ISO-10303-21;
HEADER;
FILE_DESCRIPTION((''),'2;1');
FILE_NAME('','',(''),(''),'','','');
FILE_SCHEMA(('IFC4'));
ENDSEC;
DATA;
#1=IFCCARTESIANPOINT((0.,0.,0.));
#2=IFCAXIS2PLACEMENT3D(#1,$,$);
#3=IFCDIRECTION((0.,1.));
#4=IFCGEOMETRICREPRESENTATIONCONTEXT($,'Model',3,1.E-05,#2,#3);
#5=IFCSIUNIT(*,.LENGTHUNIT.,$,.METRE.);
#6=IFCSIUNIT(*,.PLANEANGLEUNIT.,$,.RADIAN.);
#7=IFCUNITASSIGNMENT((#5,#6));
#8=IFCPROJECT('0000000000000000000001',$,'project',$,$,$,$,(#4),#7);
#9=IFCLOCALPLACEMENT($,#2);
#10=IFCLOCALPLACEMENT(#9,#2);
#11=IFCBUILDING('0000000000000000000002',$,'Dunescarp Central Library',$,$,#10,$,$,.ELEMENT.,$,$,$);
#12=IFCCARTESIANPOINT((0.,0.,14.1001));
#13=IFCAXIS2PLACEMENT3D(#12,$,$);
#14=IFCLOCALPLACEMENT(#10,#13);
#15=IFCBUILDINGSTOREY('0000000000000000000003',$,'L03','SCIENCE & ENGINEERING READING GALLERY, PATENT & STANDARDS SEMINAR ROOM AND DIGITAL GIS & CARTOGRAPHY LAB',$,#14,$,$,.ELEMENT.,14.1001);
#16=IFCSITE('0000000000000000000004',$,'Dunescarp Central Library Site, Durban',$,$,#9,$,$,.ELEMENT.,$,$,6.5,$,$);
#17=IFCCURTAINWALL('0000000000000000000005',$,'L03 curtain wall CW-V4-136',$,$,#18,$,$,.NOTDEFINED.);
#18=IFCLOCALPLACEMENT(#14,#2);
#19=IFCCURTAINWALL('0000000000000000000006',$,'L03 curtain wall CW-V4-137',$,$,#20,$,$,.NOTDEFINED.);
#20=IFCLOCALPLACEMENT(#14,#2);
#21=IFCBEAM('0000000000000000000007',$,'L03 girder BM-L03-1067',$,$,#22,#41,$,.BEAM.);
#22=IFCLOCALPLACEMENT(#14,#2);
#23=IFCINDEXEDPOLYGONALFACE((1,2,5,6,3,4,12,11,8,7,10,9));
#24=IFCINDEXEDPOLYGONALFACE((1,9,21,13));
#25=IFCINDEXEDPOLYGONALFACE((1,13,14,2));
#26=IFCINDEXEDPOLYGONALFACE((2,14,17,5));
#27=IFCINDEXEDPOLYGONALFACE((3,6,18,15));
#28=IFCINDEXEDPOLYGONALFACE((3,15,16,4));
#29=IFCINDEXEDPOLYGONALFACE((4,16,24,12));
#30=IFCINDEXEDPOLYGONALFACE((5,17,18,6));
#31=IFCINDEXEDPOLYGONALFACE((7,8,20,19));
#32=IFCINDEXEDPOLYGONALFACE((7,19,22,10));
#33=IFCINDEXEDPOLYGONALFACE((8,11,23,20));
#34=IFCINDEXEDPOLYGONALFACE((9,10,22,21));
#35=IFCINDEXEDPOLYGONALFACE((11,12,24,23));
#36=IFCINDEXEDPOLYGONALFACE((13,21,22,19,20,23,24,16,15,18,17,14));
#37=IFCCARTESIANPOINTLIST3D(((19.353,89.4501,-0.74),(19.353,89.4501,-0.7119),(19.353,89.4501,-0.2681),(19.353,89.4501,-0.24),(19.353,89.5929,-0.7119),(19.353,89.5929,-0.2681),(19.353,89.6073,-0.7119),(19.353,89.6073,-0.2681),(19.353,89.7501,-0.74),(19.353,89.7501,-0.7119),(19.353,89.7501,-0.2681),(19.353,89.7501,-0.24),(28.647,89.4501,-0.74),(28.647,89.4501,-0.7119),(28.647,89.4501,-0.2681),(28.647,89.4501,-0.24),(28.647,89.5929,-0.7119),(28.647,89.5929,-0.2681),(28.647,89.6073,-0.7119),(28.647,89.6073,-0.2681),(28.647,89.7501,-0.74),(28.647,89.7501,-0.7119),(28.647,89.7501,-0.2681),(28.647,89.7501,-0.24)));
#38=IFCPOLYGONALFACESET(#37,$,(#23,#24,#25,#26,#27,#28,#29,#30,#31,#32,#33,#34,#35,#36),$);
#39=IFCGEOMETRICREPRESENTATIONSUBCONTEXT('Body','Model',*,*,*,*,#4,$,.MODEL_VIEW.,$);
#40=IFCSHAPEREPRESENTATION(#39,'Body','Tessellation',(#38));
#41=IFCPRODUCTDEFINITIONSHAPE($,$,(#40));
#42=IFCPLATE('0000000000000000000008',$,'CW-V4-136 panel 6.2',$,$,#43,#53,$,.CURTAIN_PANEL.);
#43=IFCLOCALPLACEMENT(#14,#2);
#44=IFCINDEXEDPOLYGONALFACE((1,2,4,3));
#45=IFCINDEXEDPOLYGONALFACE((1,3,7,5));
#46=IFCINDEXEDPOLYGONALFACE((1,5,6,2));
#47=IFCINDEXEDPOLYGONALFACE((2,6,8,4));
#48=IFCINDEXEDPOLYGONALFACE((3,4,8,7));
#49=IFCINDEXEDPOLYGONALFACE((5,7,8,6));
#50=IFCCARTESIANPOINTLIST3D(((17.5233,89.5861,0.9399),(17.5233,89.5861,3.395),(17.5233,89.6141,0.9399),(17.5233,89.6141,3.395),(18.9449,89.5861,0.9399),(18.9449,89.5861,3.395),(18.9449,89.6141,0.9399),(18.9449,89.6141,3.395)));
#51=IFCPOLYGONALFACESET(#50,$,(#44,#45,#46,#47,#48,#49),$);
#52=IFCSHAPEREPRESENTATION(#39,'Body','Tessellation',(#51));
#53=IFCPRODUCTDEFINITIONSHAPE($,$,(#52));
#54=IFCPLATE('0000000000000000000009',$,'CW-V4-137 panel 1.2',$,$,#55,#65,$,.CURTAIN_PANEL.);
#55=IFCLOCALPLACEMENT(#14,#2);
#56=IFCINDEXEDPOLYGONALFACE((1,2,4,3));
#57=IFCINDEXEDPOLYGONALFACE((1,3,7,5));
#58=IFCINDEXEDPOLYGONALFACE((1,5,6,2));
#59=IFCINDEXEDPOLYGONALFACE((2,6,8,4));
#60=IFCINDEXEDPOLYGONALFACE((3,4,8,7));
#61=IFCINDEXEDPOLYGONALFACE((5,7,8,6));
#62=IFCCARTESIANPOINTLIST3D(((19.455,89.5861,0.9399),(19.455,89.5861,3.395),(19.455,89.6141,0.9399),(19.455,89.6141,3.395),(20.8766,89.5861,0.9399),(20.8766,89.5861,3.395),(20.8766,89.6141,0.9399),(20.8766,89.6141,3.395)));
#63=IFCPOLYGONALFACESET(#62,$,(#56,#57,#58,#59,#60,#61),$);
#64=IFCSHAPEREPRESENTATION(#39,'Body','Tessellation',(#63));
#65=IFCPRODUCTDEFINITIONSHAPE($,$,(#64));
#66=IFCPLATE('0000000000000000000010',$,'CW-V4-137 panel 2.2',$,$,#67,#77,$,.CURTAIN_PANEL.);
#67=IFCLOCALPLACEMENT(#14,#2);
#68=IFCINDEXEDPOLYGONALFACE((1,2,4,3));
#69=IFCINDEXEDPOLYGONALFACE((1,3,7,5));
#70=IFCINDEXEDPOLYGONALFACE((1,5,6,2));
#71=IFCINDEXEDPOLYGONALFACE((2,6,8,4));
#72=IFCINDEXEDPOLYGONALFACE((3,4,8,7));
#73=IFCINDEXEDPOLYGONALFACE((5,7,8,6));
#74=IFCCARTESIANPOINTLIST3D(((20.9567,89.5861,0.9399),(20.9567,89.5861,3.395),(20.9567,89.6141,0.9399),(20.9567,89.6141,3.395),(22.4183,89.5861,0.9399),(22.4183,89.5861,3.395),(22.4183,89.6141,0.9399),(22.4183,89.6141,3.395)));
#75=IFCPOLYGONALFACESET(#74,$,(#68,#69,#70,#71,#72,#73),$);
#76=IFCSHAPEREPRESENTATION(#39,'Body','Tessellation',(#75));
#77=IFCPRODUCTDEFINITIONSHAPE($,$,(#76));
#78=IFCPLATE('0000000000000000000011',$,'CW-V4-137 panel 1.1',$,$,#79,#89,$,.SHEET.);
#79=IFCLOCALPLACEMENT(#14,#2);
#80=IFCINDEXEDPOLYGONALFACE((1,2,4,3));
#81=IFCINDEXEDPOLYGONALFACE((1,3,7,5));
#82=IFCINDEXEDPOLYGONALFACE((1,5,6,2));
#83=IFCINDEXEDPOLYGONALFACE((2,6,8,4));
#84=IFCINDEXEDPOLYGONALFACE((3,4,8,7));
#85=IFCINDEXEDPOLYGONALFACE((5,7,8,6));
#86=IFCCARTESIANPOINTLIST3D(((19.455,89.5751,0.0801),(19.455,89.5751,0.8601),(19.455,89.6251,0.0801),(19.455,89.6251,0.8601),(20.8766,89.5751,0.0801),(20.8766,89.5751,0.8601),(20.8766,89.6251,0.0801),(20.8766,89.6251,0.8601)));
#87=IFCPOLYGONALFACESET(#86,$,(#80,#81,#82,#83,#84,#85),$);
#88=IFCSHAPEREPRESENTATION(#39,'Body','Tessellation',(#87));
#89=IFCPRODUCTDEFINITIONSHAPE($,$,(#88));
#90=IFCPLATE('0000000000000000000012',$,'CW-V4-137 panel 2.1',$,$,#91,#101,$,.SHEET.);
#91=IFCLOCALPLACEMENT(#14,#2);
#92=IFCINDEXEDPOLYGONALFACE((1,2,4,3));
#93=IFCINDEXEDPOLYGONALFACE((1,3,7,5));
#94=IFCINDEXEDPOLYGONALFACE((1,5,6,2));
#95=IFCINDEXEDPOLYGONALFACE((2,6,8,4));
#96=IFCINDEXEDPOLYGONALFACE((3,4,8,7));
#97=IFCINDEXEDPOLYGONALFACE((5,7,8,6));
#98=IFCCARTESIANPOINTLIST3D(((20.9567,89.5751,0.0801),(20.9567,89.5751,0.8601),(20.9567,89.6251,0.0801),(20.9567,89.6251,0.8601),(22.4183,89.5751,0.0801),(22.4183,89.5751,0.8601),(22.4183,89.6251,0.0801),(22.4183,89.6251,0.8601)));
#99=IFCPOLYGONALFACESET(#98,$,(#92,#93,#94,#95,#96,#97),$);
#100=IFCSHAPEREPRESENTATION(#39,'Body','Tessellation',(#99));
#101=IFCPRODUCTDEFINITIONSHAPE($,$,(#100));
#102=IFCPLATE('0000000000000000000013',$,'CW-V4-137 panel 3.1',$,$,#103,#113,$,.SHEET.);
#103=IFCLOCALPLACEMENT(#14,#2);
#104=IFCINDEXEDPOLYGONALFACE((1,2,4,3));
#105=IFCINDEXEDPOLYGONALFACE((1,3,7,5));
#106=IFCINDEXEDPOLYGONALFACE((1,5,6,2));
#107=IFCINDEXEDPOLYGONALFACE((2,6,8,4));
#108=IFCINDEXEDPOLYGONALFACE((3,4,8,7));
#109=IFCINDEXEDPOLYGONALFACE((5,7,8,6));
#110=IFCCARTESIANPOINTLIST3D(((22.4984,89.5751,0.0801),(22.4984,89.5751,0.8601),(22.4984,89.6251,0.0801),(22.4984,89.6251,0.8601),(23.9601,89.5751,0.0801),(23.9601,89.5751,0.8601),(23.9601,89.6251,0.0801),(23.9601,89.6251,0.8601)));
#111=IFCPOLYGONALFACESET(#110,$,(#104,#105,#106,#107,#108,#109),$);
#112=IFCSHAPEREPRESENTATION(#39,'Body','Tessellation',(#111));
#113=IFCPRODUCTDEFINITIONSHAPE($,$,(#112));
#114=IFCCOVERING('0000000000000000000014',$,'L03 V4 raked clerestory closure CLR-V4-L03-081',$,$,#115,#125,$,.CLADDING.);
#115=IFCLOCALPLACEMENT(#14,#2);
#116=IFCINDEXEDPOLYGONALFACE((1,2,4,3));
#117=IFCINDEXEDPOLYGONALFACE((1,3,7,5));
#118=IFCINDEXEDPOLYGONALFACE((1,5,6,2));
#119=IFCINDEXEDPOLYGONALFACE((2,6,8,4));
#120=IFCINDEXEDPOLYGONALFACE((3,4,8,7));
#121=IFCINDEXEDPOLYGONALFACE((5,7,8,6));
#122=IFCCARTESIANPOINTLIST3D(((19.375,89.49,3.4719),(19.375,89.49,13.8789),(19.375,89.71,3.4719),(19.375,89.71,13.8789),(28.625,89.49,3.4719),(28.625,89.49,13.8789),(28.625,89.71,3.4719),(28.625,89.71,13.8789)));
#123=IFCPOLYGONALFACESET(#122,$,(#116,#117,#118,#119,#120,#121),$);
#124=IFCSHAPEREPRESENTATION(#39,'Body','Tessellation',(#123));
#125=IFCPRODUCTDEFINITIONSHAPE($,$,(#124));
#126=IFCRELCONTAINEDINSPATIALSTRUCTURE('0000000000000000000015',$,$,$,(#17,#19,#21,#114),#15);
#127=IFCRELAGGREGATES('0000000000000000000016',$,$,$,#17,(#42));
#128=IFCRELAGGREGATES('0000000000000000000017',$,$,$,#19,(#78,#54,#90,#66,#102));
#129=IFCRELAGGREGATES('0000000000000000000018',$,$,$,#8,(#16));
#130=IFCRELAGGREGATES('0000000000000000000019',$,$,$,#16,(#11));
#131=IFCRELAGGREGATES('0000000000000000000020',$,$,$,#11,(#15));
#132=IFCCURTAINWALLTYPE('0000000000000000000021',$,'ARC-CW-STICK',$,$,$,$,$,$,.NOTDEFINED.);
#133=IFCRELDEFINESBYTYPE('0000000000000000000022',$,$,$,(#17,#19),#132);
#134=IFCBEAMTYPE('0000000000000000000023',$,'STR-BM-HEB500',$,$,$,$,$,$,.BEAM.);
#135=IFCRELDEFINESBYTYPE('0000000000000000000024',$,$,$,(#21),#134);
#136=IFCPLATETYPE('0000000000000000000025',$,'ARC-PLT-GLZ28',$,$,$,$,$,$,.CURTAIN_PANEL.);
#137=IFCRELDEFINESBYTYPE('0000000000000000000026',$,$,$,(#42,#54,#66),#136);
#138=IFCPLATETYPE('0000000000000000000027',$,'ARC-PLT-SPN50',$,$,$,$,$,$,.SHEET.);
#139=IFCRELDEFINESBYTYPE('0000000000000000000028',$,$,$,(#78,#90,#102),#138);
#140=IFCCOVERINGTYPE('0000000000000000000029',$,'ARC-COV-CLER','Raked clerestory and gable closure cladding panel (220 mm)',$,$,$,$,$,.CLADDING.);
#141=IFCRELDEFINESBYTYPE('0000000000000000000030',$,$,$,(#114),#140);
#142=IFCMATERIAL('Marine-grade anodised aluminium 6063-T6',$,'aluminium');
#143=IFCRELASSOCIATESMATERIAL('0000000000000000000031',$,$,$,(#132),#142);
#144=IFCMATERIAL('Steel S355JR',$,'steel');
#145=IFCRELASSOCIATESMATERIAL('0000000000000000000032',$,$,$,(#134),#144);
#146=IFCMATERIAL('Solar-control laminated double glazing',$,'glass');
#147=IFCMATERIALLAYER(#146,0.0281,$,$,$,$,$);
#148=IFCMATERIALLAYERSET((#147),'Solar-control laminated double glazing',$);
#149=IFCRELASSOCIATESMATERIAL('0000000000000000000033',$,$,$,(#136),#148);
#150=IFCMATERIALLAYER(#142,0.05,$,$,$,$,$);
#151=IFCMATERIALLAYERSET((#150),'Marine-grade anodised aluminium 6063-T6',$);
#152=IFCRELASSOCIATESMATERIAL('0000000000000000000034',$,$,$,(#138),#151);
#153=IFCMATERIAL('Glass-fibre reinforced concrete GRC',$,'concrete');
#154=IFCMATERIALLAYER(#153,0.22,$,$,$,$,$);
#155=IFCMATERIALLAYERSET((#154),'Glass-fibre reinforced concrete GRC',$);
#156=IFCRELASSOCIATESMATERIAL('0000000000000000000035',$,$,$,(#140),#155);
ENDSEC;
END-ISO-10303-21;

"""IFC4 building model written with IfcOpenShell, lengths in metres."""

from ifc_helpers import new_model, si_unit, direction, frame, origin, origin_2d, place, context, subcontext, project, spatial, polyline, rectangle, i_section, outline, extrude, material, layer, layer_set, material_profile, profile_set, type_object, element, aggregate, save


model = new_model("IFC4")

# Units and contexts
model_context = context("Model", 3, precision=1e-05, world=origin(), true_north=direction((0.0, 1.0)))
body_context = subcontext(model_context, "Body", "Model", "MODEL_VIEW")
ifc_project = project(units=[si_unit("LENGTHUNIT", "METRE"), si_unit("PLANEANGLEUNIT", "RADIAN")], contexts=[model_context])

# Site, building, storey
site_placement = place(None, origin())
site = spatial("IfcSite", under=ifc_project, at=site_placement, Name="Dunescarp Central Library Site, Durban", CompositionType="ELEMENT", RefElevation=6.5)
building_placement = place(site_placement, origin())
building = spatial("IfcBuilding", under=site, at=building_placement, Name="Dunescarp Central Library", CompositionType="ELEMENT")
storey_placement = place(building_placement, frame((0.0, 0.0, 14.1001)))
storey = spatial("IfcBuildingStorey", under=building, at=storey_placement, Name="L03", Description="SCIENCE & ENGINEERING READING GALLERY, PATENT & STANDARDS SEMINAR ROOM AND DIGITAL GIS & CARTOGRAPHY LAB", CompositionType="ELEMENT", Elevation=14.1001)

# Shared definitions
ifc_material_1 = material(Name="Steel S355JR", Category="steel")

# Curtain wall
ifc_material_2 = material(Name="Marine-grade anodised aluminium 6063-T6", Category="aluminium")
curtain_wall_type = type_object("IfcCurtainWallType", Name="ARC-CW-STICK", PredefinedType="NOTDEFINED", material=ifc_material_2)
curtain_wall_1_placement = place(storey_placement, origin())
curtain_wall_1 = element("IfcCurtainWall", 1, at=curtain_wall_1_placement, inside=storey, type_object=curtain_wall_type, Name="L03 curtain wall CW-V4-136", PredefinedType="NOTDEFINED")

# Curtain wall
curtain_wall_2_placement = place(storey_placement, origin())
curtain_wall_2 = element("IfcCurtainWall", 2, at=curtain_wall_2_placement, inside=storey, type_object=curtain_wall_type, Name="L03 curtain wall CW-V4-137", PredefinedType="NOTDEFINED")

# Beam
ifc_material_profile_1 = material_profile(ifc_material_1, i_section(OverallWidth=0.3, OverallDepth=0.5, WebThickness=0.0144, FlangeThickness=0.0281, at=origin_2d()), Name="HEB 500")
ifc_profile_set_1 = profile_set([ifc_material_profile_1], Name="Steel S355JR")
beam_type = type_object("IfcBeamType", Name="STR-BM-HEB500", PredefinedType="BEAM", material=ifc_profile_set_1)
beam_placement = place(storey_placement, frame((19.353, 89.6001, -0.49), z_axis=(1.0, 0.0, 0.0), x_axis=(0.0, 1.0, 0.0)))
element("IfcBeam", 3, at=beam_placement, inside=storey, type_object=beam_type, Name="L03 girder BM-L03-1067", PredefinedType="BEAM", context=body_context, shape_type="SweptSolid", body=[
    extrude(i_section(OverallWidth=0.3, OverallDepth=0.5, WebThickness=0.0144, FlangeThickness=0.0281, at=origin_2d()), origin(), (0.0, 0.0, 1.0), 9.2939),
])

# Plates
ifc_material_3 = material(Name="Solar-control laminated double glazing", Category="glass")
ifc_layer_1 = layer(ifc_material_3, 0.0281)
ifc_layer_set_1 = layer_set([ifc_layer_1], Name="Solar-control laminated double glazing")
plate_type_1 = type_object("IfcPlateType", Name="ARC-PLT-GLZ28", PredefinedType="CURTAIN_PANEL", material=ifc_layer_set_1)
plate_1_placement = place(storey_placement, frame((18.2341, 89.6001, 0.9399), z_axis=(0.0, 0.0, 1.0), x_axis=(1.0, 0.0, 0.0)))
plate_1 = element("IfcPlate", 4, at=plate_1_placement, type_object=plate_type_1, Name="CW-V4-136 panel 6.2", PredefinedType="CURTAIN_PANEL", context=body_context, shape_type="SweptSolid", body=[
    extrude(rectangle(XDim=1.4216, YDim=0.0281, at=origin_2d()), origin(), (0.0, 0.0, 1.0), 2.4551),
])
aggregate(curtain_wall_1, [plate_1])
plate_2_placement = place(storey_placement, frame((20.1658, 89.6001, 0.9399), z_axis=(0.0, 0.0, 1.0), x_axis=(1.0, 0.0, 0.0)))
plate_2 = element("IfcPlate", 5, at=plate_2_placement, type_object=plate_type_1, Name="CW-V4-137 panel 1.2", PredefinedType="CURTAIN_PANEL", context=body_context, shape_type="SweptSolid", body=[
    extrude(rectangle(XDim=1.4216, YDim=0.0281, at=origin_2d()), origin(), (0.0, 0.0, 1.0), 2.4551),
])
plate_3_placement = place(storey_placement, frame((21.6875, 89.6001, 0.9399), z_axis=(0.0, 0.0, 1.0), x_axis=(1.0, 0.0, 0.0)))
plate_3 = element("IfcPlate", 6, at=plate_3_placement, type_object=plate_type_1, Name="CW-V4-137 panel 2.2", PredefinedType="CURTAIN_PANEL", context=body_context, shape_type="SweptSolid", body=[
    extrude(rectangle(XDim=1.4617, YDim=0.0281, at=origin_2d()), origin(), (0.0, 0.0, 1.0), 2.4551),
])
ifc_layer_2 = layer(ifc_material_2, 0.05)
ifc_layer_set_2 = layer_set([ifc_layer_2], Name="Marine-grade anodised aluminium 6063-T6")
plate_type_2 = type_object("IfcPlateType", Name="ARC-PLT-SPN50", PredefinedType="SHEET", material=ifc_layer_set_2)
plate_4_placement = place(storey_placement, frame((20.1658, 89.6001, 0.0801), z_axis=(0.0, 0.0, 1.0), x_axis=(1.0, 0.0, 0.0)))
plate_4 = element("IfcPlate", 7, at=plate_4_placement, type_object=plate_type_2, Name="CW-V4-137 panel 1.1", PredefinedType="SHEET", context=body_context, shape_type="SweptSolid", body=[
    extrude(rectangle(XDim=1.4216, YDim=0.05, at=origin_2d()), origin(), (0.0, 0.0, 1.0), 0.78),
])
plate_5_placement = place(storey_placement, frame((21.6875, 89.6001, 0.0801), z_axis=(0.0, 0.0, 1.0), x_axis=(1.0, 0.0, 0.0)))
plate_5 = element("IfcPlate", 8, at=plate_5_placement, type_object=plate_type_2, Name="CW-V4-137 panel 2.1", PredefinedType="SHEET", context=body_context, shape_type="SweptSolid", body=[
    extrude(rectangle(XDim=1.4617, YDim=0.05, at=origin_2d()), origin(), (0.0, 0.0, 1.0), 0.78),
])
plate_6_placement = place(storey_placement, frame((23.2292, 89.6001, 0.0801), z_axis=(0.0, 0.0, 1.0), x_axis=(1.0, 0.0, 0.0)))
plate_6 = element("IfcPlate", 9, at=plate_6_placement, type_object=plate_type_2, Name="CW-V4-137 panel 3.1", PredefinedType="SHEET", context=body_context, shape_type="SweptSolid", body=[
    extrude(rectangle(XDim=1.4617, YDim=0.05, at=origin_2d()), origin(), (0.0, 0.0, 1.0), 0.78),
])
aggregate(curtain_wall_2, [plate_4, plate_2, plate_5, plate_3, plate_6])

# Covering
ifc_material_4 = material(Name="Glass-fibre reinforced concrete GRC", Category="concrete")
ifc_layer_3 = layer(ifc_material_4, 0.22)
ifc_layer_set_3 = layer_set([ifc_layer_3], Name="Glass-fibre reinforced concrete GRC")
covering_type = type_object("IfcCoveringType", Name="ARC-COV-CLER", Description="Raked clerestory and gable closure cladding panel (220 mm)", PredefinedType="CLADDING", material=ifc_layer_set_3)
covering_placement = place(storey_placement, frame((19.375, 89.6001, 3.4719), z_axis=(0.0, 0.0, 1.0), x_axis=(1.0, 0.0, 0.0)))
element("IfcCovering", 10, at=covering_placement, inside=storey, type_object=covering_type, Name="L03 V4 raked clerestory closure CLR-V4-L03-081", PredefinedType="CLADDING", context=body_context, shape_type="SweptSolid", body=[
    extrude(outline(polyline([(0.0, 0.0), (9.25, 0.0), (9.25, 10.407), (0.0, 10.407), (0.0, 0.0)])), frame((0.0, 0.1099, 0.0), z_axis=(0.0, -1.0, 0.0), x_axis=(1.0, 0.0, 0.0)), (0.0, 0.0, 1.0), 0.22),
])

save(model, "model.ifc")
